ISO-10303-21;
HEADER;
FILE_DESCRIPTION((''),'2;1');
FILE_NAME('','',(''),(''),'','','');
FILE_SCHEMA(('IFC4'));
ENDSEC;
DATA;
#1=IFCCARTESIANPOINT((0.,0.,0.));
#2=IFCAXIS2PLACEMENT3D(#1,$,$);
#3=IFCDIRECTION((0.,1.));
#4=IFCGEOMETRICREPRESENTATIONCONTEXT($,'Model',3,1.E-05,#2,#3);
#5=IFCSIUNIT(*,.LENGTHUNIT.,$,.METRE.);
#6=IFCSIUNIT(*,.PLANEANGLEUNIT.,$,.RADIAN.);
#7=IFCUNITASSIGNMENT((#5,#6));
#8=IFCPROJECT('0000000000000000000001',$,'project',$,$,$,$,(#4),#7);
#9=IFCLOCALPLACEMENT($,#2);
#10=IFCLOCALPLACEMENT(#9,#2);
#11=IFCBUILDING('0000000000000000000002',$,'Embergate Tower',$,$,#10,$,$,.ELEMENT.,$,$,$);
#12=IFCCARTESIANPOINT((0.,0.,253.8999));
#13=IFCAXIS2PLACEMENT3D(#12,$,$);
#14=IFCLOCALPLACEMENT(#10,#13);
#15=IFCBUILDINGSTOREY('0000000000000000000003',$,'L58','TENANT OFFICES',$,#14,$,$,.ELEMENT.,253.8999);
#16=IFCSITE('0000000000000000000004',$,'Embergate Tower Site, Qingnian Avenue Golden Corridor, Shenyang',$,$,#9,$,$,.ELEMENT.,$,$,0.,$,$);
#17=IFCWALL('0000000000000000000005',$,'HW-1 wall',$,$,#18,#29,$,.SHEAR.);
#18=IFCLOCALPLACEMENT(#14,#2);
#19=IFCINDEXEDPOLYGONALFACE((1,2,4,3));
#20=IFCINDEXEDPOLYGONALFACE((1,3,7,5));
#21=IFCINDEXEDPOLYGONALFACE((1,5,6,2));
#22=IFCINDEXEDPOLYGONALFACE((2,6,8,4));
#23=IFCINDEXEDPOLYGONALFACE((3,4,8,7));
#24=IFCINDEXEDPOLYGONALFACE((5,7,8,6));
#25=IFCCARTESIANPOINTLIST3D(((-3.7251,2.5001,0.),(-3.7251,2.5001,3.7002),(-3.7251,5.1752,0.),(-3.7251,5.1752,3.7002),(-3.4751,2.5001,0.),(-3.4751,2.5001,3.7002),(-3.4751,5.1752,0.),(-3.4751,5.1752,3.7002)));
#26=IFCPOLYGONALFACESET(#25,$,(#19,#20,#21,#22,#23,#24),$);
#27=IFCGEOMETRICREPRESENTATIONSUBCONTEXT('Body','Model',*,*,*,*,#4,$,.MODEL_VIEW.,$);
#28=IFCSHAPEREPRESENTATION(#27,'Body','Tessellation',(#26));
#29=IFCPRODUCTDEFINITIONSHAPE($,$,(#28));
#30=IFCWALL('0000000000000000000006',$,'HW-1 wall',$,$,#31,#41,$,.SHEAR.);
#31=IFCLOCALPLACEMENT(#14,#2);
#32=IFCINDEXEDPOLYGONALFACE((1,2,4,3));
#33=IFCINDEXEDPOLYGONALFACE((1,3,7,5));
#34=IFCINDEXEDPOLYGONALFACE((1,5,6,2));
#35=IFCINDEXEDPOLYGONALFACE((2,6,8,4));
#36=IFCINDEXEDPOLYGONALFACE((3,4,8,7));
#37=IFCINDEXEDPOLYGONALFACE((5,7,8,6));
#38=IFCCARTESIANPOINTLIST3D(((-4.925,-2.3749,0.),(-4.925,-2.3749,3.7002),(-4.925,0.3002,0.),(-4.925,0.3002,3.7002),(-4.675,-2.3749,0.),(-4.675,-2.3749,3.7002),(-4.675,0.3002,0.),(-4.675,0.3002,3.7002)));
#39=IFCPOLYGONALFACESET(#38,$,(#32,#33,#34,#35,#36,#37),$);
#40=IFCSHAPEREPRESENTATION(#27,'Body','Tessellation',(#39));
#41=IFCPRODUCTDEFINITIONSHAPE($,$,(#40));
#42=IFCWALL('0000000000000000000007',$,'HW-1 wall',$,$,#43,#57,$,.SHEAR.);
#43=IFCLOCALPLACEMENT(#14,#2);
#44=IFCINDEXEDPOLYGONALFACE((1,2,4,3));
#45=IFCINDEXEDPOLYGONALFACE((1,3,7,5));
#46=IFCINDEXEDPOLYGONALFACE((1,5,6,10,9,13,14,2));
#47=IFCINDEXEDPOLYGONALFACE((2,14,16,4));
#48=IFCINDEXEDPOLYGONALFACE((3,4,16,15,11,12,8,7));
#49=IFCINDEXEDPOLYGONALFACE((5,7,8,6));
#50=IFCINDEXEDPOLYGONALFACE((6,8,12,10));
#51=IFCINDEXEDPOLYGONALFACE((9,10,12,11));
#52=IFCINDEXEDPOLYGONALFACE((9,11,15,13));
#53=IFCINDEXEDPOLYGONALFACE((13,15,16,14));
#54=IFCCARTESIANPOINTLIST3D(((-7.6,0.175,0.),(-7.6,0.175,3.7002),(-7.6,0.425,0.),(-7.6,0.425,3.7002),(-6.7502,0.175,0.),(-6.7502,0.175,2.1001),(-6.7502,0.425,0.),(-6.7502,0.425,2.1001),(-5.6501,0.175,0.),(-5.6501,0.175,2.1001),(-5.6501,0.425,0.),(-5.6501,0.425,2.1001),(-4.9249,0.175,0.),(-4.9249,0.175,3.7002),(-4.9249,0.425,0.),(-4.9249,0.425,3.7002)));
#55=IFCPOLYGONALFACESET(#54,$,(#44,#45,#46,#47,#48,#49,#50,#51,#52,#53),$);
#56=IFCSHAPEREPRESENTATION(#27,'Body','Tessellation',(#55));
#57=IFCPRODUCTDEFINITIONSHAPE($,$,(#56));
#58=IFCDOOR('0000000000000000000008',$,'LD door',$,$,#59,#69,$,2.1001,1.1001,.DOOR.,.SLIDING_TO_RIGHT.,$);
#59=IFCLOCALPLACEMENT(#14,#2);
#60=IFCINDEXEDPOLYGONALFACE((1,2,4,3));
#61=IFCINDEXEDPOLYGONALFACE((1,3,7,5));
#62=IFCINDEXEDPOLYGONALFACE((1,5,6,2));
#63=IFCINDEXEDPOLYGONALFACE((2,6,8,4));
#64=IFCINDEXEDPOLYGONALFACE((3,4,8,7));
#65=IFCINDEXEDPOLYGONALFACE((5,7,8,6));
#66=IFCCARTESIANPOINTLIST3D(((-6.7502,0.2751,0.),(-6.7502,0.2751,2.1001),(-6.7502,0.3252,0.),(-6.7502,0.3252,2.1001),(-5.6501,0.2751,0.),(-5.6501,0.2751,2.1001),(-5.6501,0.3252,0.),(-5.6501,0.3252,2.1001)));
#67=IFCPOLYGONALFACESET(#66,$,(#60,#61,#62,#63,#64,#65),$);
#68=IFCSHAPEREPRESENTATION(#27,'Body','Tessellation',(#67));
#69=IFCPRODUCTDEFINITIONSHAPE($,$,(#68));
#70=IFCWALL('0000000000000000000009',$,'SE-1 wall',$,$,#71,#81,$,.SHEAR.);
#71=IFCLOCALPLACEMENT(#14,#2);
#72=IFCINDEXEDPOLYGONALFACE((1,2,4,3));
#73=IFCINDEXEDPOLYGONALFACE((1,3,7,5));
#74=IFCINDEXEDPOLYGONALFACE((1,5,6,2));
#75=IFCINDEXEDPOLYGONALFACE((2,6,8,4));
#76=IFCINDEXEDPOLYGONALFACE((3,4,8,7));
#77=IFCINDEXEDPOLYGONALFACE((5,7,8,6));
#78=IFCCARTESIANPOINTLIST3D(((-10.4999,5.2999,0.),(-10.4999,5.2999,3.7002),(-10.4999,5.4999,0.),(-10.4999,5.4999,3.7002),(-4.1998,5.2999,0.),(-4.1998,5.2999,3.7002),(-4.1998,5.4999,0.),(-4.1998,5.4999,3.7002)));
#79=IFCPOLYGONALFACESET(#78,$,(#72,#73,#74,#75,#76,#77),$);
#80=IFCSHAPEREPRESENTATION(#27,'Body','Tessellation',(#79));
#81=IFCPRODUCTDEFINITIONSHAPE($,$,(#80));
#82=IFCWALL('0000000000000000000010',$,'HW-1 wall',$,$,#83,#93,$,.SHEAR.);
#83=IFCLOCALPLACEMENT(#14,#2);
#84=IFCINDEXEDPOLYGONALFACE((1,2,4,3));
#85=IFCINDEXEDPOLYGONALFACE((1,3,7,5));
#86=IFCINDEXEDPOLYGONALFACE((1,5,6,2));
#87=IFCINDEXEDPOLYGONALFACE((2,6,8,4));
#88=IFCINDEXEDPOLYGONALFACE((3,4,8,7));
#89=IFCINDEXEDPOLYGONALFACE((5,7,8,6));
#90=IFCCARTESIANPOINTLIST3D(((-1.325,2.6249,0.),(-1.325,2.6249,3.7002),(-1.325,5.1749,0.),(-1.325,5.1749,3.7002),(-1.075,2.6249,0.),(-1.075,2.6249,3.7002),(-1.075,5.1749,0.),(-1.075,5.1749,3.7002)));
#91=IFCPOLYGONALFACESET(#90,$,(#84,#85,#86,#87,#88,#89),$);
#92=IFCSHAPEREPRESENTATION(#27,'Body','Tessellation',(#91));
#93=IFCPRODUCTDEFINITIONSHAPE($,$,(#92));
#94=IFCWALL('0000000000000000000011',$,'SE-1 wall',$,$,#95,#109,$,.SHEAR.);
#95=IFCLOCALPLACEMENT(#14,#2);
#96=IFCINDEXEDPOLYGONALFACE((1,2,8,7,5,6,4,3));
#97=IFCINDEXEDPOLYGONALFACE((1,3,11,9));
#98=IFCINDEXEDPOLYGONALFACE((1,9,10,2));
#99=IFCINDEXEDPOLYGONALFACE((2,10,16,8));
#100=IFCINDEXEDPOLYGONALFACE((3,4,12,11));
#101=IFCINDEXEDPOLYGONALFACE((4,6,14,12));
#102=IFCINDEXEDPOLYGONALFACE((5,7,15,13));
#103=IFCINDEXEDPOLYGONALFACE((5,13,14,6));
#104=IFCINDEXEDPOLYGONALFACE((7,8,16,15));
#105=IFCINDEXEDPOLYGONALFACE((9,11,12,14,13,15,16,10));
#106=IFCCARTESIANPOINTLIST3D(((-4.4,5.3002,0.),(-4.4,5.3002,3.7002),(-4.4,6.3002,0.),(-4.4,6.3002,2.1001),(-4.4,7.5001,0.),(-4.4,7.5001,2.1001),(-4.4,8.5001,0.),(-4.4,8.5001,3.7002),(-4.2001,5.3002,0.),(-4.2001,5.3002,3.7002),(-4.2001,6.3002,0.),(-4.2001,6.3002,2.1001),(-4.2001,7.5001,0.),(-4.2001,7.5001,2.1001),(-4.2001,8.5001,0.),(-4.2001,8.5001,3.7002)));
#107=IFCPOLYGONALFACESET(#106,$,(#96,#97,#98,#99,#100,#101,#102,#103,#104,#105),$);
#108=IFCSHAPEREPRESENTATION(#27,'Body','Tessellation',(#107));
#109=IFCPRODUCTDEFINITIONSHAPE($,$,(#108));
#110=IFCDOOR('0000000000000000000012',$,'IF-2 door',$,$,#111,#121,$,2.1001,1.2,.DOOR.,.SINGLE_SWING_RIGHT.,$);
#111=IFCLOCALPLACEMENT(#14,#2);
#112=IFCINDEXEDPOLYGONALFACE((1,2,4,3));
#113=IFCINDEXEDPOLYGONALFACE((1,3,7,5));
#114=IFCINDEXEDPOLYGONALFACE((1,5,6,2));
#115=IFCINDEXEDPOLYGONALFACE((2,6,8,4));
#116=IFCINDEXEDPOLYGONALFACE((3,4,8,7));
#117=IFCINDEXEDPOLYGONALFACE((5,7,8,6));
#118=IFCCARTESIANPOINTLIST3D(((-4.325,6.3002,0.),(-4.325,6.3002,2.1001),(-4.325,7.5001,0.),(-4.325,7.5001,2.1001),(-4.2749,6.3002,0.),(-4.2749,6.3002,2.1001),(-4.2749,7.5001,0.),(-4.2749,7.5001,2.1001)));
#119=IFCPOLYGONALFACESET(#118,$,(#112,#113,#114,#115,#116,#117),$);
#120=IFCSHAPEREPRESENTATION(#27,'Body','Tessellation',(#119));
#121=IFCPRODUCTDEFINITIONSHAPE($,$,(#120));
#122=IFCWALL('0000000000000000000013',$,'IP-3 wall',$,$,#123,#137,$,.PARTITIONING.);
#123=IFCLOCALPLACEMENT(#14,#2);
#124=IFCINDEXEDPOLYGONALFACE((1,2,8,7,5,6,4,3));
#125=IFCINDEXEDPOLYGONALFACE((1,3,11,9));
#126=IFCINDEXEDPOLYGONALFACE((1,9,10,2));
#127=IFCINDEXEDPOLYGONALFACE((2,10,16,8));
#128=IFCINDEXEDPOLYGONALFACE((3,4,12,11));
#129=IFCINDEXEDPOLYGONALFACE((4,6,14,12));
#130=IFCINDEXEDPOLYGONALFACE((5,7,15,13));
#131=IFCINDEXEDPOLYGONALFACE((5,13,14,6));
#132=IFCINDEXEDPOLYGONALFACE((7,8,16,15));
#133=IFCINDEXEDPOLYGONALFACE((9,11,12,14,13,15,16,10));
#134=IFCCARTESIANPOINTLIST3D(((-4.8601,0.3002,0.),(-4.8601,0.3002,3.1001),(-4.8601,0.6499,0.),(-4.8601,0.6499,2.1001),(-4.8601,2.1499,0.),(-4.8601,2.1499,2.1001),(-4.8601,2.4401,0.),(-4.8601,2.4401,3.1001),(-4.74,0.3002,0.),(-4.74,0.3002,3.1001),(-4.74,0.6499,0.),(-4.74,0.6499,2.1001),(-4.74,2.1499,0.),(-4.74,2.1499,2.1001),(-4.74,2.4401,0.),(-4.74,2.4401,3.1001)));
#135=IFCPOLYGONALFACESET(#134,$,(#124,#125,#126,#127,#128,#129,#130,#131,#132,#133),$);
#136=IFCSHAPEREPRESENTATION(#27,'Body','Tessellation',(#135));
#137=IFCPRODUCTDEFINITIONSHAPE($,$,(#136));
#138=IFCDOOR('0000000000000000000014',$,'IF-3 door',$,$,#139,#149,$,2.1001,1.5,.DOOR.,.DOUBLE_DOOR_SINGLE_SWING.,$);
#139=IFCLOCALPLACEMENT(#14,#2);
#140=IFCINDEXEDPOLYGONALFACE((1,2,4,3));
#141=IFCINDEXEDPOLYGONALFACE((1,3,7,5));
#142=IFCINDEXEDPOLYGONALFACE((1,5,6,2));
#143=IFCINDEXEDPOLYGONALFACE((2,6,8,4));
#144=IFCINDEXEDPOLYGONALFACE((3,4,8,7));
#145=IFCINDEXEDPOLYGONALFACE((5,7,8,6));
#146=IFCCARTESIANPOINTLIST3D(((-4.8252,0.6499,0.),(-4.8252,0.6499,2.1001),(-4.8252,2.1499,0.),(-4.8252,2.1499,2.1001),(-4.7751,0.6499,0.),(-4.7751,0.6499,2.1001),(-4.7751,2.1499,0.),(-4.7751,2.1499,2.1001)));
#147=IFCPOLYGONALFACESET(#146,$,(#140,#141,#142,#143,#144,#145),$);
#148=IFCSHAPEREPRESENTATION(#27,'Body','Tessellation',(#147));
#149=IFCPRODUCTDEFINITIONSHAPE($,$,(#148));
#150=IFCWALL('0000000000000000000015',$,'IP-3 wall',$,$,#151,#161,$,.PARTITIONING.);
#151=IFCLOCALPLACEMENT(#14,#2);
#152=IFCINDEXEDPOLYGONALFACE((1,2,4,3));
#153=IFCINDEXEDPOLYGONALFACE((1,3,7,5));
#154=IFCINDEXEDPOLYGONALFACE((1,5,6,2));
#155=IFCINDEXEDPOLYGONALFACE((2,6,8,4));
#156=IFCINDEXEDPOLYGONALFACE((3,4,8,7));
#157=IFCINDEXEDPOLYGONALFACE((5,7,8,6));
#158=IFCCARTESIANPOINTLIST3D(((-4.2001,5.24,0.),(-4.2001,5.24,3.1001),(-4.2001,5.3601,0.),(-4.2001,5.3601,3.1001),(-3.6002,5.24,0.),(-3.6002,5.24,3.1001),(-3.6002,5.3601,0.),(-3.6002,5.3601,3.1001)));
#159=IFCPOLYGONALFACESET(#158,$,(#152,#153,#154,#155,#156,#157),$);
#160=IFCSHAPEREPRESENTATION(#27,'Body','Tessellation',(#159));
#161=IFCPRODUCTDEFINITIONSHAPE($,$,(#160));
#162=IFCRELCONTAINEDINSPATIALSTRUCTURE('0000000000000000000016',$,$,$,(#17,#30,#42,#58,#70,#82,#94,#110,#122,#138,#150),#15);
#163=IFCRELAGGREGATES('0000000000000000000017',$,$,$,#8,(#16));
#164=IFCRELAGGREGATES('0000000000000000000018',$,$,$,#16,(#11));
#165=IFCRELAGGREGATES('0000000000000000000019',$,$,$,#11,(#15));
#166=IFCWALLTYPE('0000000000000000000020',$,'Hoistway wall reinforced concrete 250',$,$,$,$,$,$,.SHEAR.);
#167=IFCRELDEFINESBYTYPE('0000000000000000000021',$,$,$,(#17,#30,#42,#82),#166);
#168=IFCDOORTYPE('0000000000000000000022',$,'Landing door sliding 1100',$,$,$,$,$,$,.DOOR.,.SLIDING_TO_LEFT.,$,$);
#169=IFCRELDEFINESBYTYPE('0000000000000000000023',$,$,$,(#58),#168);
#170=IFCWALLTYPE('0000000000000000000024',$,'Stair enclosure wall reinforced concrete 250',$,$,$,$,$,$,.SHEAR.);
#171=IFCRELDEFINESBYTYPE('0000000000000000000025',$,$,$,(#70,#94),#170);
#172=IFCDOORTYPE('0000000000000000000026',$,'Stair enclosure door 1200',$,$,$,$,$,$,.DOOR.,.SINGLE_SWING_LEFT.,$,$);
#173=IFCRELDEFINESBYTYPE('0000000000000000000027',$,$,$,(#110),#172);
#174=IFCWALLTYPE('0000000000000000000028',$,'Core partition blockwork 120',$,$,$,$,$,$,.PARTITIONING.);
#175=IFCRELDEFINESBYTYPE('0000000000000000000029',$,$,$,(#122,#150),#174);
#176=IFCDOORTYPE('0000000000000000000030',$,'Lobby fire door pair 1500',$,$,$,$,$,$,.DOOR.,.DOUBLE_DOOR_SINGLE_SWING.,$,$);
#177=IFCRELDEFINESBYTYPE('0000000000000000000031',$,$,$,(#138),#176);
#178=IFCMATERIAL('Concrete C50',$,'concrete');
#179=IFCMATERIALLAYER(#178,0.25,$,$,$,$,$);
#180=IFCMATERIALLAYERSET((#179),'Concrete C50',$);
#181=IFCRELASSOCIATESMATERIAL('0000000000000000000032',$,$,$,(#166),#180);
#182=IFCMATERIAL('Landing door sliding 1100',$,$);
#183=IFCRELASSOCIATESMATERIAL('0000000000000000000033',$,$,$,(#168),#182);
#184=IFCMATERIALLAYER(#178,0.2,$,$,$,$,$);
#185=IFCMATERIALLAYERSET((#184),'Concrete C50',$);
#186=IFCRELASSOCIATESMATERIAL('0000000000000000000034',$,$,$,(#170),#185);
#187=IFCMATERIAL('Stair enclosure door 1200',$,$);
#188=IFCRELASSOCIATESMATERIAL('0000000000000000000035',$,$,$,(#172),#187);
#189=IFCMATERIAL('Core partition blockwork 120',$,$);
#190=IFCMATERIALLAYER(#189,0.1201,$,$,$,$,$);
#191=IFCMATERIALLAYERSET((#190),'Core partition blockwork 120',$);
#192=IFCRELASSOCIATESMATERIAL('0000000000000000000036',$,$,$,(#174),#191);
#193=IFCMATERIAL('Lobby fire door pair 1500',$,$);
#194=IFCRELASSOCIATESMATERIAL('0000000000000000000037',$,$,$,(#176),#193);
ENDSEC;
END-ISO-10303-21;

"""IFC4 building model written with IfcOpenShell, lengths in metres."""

from ifc_helpers import new_model, si_unit, direction, frame, frame_2d, origin, place, context, subcontext, project, spatial, rectangle, extrude, source, transform, mapped, material, layer, layer_set, type_object, element, fill, save


model = new_model("IFC4")

# Units and contexts
model_context = context("Model", 3, precision=1e-05, world=origin(), true_north=direction((0.0, 1.0)))
body_context = subcontext(model_context, "Body", "Model", "MODEL_VIEW")
ifc_project = project(units=[si_unit("LENGTHUNIT", "METRE"), si_unit("PLANEANGLEUNIT", "RADIAN")], contexts=[model_context])

# Site, building, storey
site_placement = place(None, origin())
site = spatial("IfcSite", under=ifc_project, at=site_placement, Name="Embergate Tower Site, Qingnian Avenue Golden Corridor, Shenyang", CompositionType="ELEMENT", RefElevation=0.0)
building_placement = place(site_placement, origin())
building = spatial("IfcBuilding", under=site, at=building_placement, Name="Embergate Tower", CompositionType="ELEMENT")
storey_placement = place(building_placement, frame((0.0, 0.0, 253.8999)))
storey = spatial("IfcBuildingStorey", under=building, at=storey_placement, Name="L58", Description="TENANT OFFICES", CompositionType="ELEMENT", Elevation=253.8999)

# Walls
ifc_material_1 = material(Name="Concrete C50", Category="concrete")
ifc_layer_1 = layer(ifc_material_1, 0.25)
ifc_layer_set_1 = layer_set([ifc_layer_1], Name="Concrete C50")
wall_type_1 = type_object("IfcWallType", Name="Hoistway wall reinforced concrete 250", PredefinedType="SHEAR", material=ifc_layer_set_1)
shared_shape_1 = source(origin(), body_context, "Body", "SweptSolid", [
    extrude(rectangle(XDim=2.675, YDim=0.25, at=frame_2d((1.3374, 0.0))), origin(), (0.0, 0.0, 1.0), 3.7002),
])
for number, where, z_axis, x_axis, name in (
    (1, (-3.6001, 5.175, 0.0), (0.0, 0.0, 1.0), (0.0, -1.0, 0.0), "HW-1 wall"),
    (2, (-4.8, 0.3, 0.0), (0.0, 0.0, 1.0), (0.0, -1.0, 0.0), "HW-1 wall"),
):
    element("IfcWall", number, at=place(storey_placement, frame(where, z_axis=z_axis, x_axis=x_axis)), inside=storey, type_object=wall_type_1, Name=name, PredefinedType="SHEAR", context=body_context, shape_type="MappedRepresentation", body=[
        mapped(shared_shape_1, transform((0.0, 0.0, 0.0))),
    ])

# Wall, opening, door
wall_1_placement = place(storey_placement, frame((-4.925, 0.3, 0.0), z_axis=(0.0, 0.0, 1.0), x_axis=(-1.0, 0.0, 0.0)))
wall_1 = element("IfcWall", 3, at=wall_1_placement, inside=storey, type_object=wall_type_1, Name="HW-1 wall", PredefinedType="SHEAR", context=body_context, shape_type="MappedRepresentation", body=[
    mapped(shared_shape_1, transform((0.0, 0.0, 0.0))),
])
shared_shape_2 = source(origin(), body_context, "Body", "SweptSolid", [
    extrude(rectangle(XDim=1.1001, YDim=2.1001, at=frame_2d((0.55, 1.05))), frame((0.0, 0.135, 0.0), z_axis=(0.0, -1.0, 0.0), x_axis=(1.0, 0.0, 0.0)), (0.0, 0.0, 1.0), 0.27),
])
opening_1_placement = place(wall_1_placement, frame((0.7251, 0.0, 0.0)))
opening_1 = element("IfcOpeningElement", 4, at=opening_1_placement, cuts=wall_1, PredefinedType="OPENING", context=body_context, shape_type="MappedRepresentation", body=[
    mapped(shared_shape_2, transform((0.0, 0.0, 0.0))),
])
ifc_material_2 = material(Name="Landing door sliding 1100")
door_type_1 = type_object("IfcDoorType", Name="Landing door sliding 1100", OperationType="SLIDING_TO_LEFT", PredefinedType="DOOR", material=ifc_material_2)
shared_shape_3 = source(origin(), body_context, "Body", "SweptSolid", [
    extrude(rectangle(XDim=1.1001, YDim=2.1001, at=frame_2d((0.55, 1.05))), frame((0.0, 0.0249, 0.0), z_axis=(0.0, -1.0, 0.0), x_axis=(1.0, 0.0, 0.0)), (0.0, 0.0, 1.0), 0.05),
])
door_1_placement = place(opening_1_placement, origin())
door_1 = element("IfcDoor", 5, at=door_1_placement, inside=storey, type_object=door_type_1, Name="LD door", OperationType="SLIDING_TO_RIGHT", OverallHeight=2.1001, OverallWidth=1.1001, PredefinedType="DOOR", context=body_context, shape_type="MappedRepresentation", body=[
    mapped(shared_shape_3, transform((0.0, 0.0, 0.0))),
])
fill(opening_1, door_1)

# Walls
ifc_layer_2 = layer(ifc_material_1, 0.2)
ifc_layer_set_2 = layer_set([ifc_layer_2], Name="Concrete C50")
wall_type_2 = type_object("IfcWallType", Name="Stair enclosure wall reinforced concrete 250", PredefinedType="SHEAR", material=ifc_layer_set_2)
shared_shape_4 = source(origin(), body_context, "Body", "SweptSolid", [
    extrude(rectangle(XDim=6.3, YDim=0.2, at=frame_2d((3.1499, 0.0))), origin(), (0.0, 0.0, 1.0), 3.7002),
])
wall_2_placement = place(storey_placement, frame((-4.2, 5.3999, 0.0), z_axis=(0.0, 0.0, 1.0), x_axis=(-1.0, 0.0, 0.0)))
element("IfcWall", 6, at=wall_2_placement, inside=storey, type_object=wall_type_2, Name="SE-1 wall", PredefinedType="SHEAR", context=body_context, shape_type="MappedRepresentation", body=[
    mapped(shared_shape_4, transform((0.0, 0.0, 0.0))),
])
shared_shape_5 = source(origin(), body_context, "Body", "SweptSolid", [
    extrude(rectangle(XDim=2.55, YDim=0.25, at=frame_2d((1.2749, 0.0))), origin(), (0.0, 0.0, 1.0), 3.7002),
])
wall_3_placement = place(storey_placement, frame((-1.2, 2.625, 0.0), z_axis=(0.0, 0.0, 1.0), x_axis=(0.0, 1.0, 0.0)))
element("IfcWall", 7, at=wall_3_placement, inside=storey, type_object=wall_type_1, Name="HW-1 wall", PredefinedType="SHEAR", context=body_context, shape_type="MappedRepresentation", body=[
    mapped(shared_shape_5, transform((0.0, 0.0, 0.0))),
])

# Walls, openings, doors
shared_shape_6 = source(origin(), body_context, "Body", "SweptSolid", [
    extrude(rectangle(XDim=3.2, YDim=0.2, at=frame_2d((1.6001, 0.0))), origin(), (0.0, 0.0, 1.0), 3.7002),
])
wall_4_placement = place(storey_placement, frame((-4.3, 5.3, 0.0), z_axis=(0.0, 0.0, 1.0), x_axis=(0.0, 1.0, 0.0)))
wall_4 = element("IfcWall", 8, at=wall_4_placement, inside=storey, type_object=wall_type_2, Name="SE-1 wall", PredefinedType="SHEAR", context=body_context, shape_type="MappedRepresentation", body=[
    mapped(shared_shape_6, transform((0.0, 0.0, 0.0))),
])
shared_shape_7 = source(origin(), body_context, "Body", "SweptSolid", [
    extrude(rectangle(XDim=1.2, YDim=2.1001, at=frame_2d((0.6001, 1.05))), frame((0.0, 0.1099, 0.0), z_axis=(0.0, -1.0, 0.0), x_axis=(1.0, 0.0, 0.0)), (0.0, 0.0, 1.0), 0.22),
])
opening_2_placement = place(wall_4_placement, frame((1.0, 0.0, 0.0)))
opening_2 = element("IfcOpeningElement", 9, at=opening_2_placement, cuts=wall_4, PredefinedType="OPENING", context=body_context, shape_type="MappedRepresentation", body=[
    mapped(shared_shape_7, transform((0.0, 0.0, 0.0))),
])
ifc_material_3 = material(Name="Stair enclosure door 1200")
door_type_2 = type_object("IfcDoorType", Name="Stair enclosure door 1200", OperationType="SINGLE_SWING_LEFT", PredefinedType="DOOR", material=ifc_material_3)
shared_shape_8 = source(origin(), body_context, "Body", "SweptSolid", [
    extrude(rectangle(XDim=1.2, YDim=2.1001, at=frame_2d((0.6001, 1.05))), frame((0.0, 0.0249, 0.0), z_axis=(0.0, -1.0, 0.0), x_axis=(1.0, 0.0, 0.0)), (0.0, 0.0, 1.0), 0.05),
])
door_2_placement = place(opening_2_placement, origin())
door_2 = element("IfcDoor", 10, at=door_2_placement, inside=storey, type_object=door_type_2, Name="IF-2 door", OperationType="SINGLE_SWING_RIGHT", OverallHeight=2.1001, OverallWidth=1.2, PredefinedType="DOOR", context=body_context, shape_type="MappedRepresentation", body=[
    mapped(shared_shape_8, transform((0.0, 0.0, 0.0))),
])
fill(opening_2, door_2)
ifc_material_4 = material(Name="Core partition blockwork 120")
ifc_layer_3 = layer(ifc_material_4, 0.1201)
ifc_layer_set_3 = layer_set([ifc_layer_3], Name="Core partition blockwork 120")
wall_type_3 = type_object("IfcWallType", Name="Core partition blockwork 120", PredefinedType="PARTITIONING", material=ifc_layer_set_3)
shared_shape_9 = source(origin(), body_context, "Body", "SweptSolid", [
    extrude(rectangle(XDim=2.1399, YDim=0.1201, at=frame_2d((1.0698, 0.0))), origin(), (0.0, 0.0, 1.0), 3.1001),
])
wall_5_placement = place(storey_placement, frame((-4.8, 2.4399, 0.0), z_axis=(0.0, 0.0, 1.0), x_axis=(0.0, -1.0, 0.0)))
wall_5 = element("IfcWall", 11, at=wall_5_placement, inside=storey, type_object=wall_type_3, Name="IP-3 wall", PredefinedType="PARTITIONING", context=body_context, shape_type="MappedRepresentation", body=[
    mapped(shared_shape_9, transform((0.0, 0.0, 0.0))),
])
shared_shape_10 = source(origin(), body_context, "Body", "SweptSolid", [
    extrude(rectangle(XDim=1.5, YDim=2.1001, at=frame_2d((0.75, 1.05))), frame((0.0, 0.0701, 0.0), z_axis=(0.0, -1.0, 0.0), x_axis=(1.0, 0.0, 0.0)), (0.0, 0.0, 1.0), 0.1401),
])
opening_3_placement = place(wall_5_placement, frame((0.29, 0.0, 0.0)))
opening_3 = element("IfcOpeningElement", 12, at=opening_3_placement, cuts=wall_5, PredefinedType="OPENING", context=body_context, shape_type="MappedRepresentation", body=[
    mapped(shared_shape_10, transform((0.0, 0.0, 0.0))),
])
ifc_material_5 = material(Name="Lobby fire door pair 1500")
door_type_3 = type_object("IfcDoorType", Name="Lobby fire door pair 1500", OperationType="DOUBLE_DOOR_SINGLE_SWING", PredefinedType="DOOR", material=ifc_material_5)
shared_shape_11 = source(origin(), body_context, "Body", "SweptSolid", [
    extrude(rectangle(XDim=1.5, YDim=2.1001, at=frame_2d((0.75, 1.05))), frame((0.0, 0.0249, 0.0), z_axis=(0.0, -1.0, 0.0), x_axis=(1.0, 0.0, 0.0)), (0.0, 0.0, 1.0), 0.05),
])
door_3_placement = place(opening_3_placement, origin())
door_3 = element("IfcDoor", 13, at=door_3_placement, inside=storey, type_object=door_type_3, Name="IF-3 door", OperationType="DOUBLE_DOOR_SINGLE_SWING", OverallHeight=2.1001, OverallWidth=1.5, PredefinedType="DOOR", context=body_context, shape_type="MappedRepresentation", body=[
    mapped(shared_shape_11, transform((0.0, 0.0, 0.0))),
])
fill(opening_3, door_3)

# Wall
shared_shape_12 = source(origin(), body_context, "Body", "SweptSolid", [
    extrude(rectangle(XDim=0.5999, YDim=0.1201, at=frame_2d((0.2998, 0.0))), origin(), (0.0, 0.0, 1.0), 3.1001),
])
wall_6_placement = place(storey_placement, frame((-4.2, 5.3, 0.0), z_axis=(0.0, 0.0, 1.0), x_axis=(1.0, 0.0, 0.0)))
element("IfcWall", 14, at=wall_6_placement, inside=storey, type_object=wall_type_3, Name="IP-3 wall", PredefinedType="PARTITIONING", context=body_context, shape_type="MappedRepresentation", body=[
    mapped(shared_shape_12, transform((0.0, 0.0, 0.0))),
])

save(model, "model.ifc")
